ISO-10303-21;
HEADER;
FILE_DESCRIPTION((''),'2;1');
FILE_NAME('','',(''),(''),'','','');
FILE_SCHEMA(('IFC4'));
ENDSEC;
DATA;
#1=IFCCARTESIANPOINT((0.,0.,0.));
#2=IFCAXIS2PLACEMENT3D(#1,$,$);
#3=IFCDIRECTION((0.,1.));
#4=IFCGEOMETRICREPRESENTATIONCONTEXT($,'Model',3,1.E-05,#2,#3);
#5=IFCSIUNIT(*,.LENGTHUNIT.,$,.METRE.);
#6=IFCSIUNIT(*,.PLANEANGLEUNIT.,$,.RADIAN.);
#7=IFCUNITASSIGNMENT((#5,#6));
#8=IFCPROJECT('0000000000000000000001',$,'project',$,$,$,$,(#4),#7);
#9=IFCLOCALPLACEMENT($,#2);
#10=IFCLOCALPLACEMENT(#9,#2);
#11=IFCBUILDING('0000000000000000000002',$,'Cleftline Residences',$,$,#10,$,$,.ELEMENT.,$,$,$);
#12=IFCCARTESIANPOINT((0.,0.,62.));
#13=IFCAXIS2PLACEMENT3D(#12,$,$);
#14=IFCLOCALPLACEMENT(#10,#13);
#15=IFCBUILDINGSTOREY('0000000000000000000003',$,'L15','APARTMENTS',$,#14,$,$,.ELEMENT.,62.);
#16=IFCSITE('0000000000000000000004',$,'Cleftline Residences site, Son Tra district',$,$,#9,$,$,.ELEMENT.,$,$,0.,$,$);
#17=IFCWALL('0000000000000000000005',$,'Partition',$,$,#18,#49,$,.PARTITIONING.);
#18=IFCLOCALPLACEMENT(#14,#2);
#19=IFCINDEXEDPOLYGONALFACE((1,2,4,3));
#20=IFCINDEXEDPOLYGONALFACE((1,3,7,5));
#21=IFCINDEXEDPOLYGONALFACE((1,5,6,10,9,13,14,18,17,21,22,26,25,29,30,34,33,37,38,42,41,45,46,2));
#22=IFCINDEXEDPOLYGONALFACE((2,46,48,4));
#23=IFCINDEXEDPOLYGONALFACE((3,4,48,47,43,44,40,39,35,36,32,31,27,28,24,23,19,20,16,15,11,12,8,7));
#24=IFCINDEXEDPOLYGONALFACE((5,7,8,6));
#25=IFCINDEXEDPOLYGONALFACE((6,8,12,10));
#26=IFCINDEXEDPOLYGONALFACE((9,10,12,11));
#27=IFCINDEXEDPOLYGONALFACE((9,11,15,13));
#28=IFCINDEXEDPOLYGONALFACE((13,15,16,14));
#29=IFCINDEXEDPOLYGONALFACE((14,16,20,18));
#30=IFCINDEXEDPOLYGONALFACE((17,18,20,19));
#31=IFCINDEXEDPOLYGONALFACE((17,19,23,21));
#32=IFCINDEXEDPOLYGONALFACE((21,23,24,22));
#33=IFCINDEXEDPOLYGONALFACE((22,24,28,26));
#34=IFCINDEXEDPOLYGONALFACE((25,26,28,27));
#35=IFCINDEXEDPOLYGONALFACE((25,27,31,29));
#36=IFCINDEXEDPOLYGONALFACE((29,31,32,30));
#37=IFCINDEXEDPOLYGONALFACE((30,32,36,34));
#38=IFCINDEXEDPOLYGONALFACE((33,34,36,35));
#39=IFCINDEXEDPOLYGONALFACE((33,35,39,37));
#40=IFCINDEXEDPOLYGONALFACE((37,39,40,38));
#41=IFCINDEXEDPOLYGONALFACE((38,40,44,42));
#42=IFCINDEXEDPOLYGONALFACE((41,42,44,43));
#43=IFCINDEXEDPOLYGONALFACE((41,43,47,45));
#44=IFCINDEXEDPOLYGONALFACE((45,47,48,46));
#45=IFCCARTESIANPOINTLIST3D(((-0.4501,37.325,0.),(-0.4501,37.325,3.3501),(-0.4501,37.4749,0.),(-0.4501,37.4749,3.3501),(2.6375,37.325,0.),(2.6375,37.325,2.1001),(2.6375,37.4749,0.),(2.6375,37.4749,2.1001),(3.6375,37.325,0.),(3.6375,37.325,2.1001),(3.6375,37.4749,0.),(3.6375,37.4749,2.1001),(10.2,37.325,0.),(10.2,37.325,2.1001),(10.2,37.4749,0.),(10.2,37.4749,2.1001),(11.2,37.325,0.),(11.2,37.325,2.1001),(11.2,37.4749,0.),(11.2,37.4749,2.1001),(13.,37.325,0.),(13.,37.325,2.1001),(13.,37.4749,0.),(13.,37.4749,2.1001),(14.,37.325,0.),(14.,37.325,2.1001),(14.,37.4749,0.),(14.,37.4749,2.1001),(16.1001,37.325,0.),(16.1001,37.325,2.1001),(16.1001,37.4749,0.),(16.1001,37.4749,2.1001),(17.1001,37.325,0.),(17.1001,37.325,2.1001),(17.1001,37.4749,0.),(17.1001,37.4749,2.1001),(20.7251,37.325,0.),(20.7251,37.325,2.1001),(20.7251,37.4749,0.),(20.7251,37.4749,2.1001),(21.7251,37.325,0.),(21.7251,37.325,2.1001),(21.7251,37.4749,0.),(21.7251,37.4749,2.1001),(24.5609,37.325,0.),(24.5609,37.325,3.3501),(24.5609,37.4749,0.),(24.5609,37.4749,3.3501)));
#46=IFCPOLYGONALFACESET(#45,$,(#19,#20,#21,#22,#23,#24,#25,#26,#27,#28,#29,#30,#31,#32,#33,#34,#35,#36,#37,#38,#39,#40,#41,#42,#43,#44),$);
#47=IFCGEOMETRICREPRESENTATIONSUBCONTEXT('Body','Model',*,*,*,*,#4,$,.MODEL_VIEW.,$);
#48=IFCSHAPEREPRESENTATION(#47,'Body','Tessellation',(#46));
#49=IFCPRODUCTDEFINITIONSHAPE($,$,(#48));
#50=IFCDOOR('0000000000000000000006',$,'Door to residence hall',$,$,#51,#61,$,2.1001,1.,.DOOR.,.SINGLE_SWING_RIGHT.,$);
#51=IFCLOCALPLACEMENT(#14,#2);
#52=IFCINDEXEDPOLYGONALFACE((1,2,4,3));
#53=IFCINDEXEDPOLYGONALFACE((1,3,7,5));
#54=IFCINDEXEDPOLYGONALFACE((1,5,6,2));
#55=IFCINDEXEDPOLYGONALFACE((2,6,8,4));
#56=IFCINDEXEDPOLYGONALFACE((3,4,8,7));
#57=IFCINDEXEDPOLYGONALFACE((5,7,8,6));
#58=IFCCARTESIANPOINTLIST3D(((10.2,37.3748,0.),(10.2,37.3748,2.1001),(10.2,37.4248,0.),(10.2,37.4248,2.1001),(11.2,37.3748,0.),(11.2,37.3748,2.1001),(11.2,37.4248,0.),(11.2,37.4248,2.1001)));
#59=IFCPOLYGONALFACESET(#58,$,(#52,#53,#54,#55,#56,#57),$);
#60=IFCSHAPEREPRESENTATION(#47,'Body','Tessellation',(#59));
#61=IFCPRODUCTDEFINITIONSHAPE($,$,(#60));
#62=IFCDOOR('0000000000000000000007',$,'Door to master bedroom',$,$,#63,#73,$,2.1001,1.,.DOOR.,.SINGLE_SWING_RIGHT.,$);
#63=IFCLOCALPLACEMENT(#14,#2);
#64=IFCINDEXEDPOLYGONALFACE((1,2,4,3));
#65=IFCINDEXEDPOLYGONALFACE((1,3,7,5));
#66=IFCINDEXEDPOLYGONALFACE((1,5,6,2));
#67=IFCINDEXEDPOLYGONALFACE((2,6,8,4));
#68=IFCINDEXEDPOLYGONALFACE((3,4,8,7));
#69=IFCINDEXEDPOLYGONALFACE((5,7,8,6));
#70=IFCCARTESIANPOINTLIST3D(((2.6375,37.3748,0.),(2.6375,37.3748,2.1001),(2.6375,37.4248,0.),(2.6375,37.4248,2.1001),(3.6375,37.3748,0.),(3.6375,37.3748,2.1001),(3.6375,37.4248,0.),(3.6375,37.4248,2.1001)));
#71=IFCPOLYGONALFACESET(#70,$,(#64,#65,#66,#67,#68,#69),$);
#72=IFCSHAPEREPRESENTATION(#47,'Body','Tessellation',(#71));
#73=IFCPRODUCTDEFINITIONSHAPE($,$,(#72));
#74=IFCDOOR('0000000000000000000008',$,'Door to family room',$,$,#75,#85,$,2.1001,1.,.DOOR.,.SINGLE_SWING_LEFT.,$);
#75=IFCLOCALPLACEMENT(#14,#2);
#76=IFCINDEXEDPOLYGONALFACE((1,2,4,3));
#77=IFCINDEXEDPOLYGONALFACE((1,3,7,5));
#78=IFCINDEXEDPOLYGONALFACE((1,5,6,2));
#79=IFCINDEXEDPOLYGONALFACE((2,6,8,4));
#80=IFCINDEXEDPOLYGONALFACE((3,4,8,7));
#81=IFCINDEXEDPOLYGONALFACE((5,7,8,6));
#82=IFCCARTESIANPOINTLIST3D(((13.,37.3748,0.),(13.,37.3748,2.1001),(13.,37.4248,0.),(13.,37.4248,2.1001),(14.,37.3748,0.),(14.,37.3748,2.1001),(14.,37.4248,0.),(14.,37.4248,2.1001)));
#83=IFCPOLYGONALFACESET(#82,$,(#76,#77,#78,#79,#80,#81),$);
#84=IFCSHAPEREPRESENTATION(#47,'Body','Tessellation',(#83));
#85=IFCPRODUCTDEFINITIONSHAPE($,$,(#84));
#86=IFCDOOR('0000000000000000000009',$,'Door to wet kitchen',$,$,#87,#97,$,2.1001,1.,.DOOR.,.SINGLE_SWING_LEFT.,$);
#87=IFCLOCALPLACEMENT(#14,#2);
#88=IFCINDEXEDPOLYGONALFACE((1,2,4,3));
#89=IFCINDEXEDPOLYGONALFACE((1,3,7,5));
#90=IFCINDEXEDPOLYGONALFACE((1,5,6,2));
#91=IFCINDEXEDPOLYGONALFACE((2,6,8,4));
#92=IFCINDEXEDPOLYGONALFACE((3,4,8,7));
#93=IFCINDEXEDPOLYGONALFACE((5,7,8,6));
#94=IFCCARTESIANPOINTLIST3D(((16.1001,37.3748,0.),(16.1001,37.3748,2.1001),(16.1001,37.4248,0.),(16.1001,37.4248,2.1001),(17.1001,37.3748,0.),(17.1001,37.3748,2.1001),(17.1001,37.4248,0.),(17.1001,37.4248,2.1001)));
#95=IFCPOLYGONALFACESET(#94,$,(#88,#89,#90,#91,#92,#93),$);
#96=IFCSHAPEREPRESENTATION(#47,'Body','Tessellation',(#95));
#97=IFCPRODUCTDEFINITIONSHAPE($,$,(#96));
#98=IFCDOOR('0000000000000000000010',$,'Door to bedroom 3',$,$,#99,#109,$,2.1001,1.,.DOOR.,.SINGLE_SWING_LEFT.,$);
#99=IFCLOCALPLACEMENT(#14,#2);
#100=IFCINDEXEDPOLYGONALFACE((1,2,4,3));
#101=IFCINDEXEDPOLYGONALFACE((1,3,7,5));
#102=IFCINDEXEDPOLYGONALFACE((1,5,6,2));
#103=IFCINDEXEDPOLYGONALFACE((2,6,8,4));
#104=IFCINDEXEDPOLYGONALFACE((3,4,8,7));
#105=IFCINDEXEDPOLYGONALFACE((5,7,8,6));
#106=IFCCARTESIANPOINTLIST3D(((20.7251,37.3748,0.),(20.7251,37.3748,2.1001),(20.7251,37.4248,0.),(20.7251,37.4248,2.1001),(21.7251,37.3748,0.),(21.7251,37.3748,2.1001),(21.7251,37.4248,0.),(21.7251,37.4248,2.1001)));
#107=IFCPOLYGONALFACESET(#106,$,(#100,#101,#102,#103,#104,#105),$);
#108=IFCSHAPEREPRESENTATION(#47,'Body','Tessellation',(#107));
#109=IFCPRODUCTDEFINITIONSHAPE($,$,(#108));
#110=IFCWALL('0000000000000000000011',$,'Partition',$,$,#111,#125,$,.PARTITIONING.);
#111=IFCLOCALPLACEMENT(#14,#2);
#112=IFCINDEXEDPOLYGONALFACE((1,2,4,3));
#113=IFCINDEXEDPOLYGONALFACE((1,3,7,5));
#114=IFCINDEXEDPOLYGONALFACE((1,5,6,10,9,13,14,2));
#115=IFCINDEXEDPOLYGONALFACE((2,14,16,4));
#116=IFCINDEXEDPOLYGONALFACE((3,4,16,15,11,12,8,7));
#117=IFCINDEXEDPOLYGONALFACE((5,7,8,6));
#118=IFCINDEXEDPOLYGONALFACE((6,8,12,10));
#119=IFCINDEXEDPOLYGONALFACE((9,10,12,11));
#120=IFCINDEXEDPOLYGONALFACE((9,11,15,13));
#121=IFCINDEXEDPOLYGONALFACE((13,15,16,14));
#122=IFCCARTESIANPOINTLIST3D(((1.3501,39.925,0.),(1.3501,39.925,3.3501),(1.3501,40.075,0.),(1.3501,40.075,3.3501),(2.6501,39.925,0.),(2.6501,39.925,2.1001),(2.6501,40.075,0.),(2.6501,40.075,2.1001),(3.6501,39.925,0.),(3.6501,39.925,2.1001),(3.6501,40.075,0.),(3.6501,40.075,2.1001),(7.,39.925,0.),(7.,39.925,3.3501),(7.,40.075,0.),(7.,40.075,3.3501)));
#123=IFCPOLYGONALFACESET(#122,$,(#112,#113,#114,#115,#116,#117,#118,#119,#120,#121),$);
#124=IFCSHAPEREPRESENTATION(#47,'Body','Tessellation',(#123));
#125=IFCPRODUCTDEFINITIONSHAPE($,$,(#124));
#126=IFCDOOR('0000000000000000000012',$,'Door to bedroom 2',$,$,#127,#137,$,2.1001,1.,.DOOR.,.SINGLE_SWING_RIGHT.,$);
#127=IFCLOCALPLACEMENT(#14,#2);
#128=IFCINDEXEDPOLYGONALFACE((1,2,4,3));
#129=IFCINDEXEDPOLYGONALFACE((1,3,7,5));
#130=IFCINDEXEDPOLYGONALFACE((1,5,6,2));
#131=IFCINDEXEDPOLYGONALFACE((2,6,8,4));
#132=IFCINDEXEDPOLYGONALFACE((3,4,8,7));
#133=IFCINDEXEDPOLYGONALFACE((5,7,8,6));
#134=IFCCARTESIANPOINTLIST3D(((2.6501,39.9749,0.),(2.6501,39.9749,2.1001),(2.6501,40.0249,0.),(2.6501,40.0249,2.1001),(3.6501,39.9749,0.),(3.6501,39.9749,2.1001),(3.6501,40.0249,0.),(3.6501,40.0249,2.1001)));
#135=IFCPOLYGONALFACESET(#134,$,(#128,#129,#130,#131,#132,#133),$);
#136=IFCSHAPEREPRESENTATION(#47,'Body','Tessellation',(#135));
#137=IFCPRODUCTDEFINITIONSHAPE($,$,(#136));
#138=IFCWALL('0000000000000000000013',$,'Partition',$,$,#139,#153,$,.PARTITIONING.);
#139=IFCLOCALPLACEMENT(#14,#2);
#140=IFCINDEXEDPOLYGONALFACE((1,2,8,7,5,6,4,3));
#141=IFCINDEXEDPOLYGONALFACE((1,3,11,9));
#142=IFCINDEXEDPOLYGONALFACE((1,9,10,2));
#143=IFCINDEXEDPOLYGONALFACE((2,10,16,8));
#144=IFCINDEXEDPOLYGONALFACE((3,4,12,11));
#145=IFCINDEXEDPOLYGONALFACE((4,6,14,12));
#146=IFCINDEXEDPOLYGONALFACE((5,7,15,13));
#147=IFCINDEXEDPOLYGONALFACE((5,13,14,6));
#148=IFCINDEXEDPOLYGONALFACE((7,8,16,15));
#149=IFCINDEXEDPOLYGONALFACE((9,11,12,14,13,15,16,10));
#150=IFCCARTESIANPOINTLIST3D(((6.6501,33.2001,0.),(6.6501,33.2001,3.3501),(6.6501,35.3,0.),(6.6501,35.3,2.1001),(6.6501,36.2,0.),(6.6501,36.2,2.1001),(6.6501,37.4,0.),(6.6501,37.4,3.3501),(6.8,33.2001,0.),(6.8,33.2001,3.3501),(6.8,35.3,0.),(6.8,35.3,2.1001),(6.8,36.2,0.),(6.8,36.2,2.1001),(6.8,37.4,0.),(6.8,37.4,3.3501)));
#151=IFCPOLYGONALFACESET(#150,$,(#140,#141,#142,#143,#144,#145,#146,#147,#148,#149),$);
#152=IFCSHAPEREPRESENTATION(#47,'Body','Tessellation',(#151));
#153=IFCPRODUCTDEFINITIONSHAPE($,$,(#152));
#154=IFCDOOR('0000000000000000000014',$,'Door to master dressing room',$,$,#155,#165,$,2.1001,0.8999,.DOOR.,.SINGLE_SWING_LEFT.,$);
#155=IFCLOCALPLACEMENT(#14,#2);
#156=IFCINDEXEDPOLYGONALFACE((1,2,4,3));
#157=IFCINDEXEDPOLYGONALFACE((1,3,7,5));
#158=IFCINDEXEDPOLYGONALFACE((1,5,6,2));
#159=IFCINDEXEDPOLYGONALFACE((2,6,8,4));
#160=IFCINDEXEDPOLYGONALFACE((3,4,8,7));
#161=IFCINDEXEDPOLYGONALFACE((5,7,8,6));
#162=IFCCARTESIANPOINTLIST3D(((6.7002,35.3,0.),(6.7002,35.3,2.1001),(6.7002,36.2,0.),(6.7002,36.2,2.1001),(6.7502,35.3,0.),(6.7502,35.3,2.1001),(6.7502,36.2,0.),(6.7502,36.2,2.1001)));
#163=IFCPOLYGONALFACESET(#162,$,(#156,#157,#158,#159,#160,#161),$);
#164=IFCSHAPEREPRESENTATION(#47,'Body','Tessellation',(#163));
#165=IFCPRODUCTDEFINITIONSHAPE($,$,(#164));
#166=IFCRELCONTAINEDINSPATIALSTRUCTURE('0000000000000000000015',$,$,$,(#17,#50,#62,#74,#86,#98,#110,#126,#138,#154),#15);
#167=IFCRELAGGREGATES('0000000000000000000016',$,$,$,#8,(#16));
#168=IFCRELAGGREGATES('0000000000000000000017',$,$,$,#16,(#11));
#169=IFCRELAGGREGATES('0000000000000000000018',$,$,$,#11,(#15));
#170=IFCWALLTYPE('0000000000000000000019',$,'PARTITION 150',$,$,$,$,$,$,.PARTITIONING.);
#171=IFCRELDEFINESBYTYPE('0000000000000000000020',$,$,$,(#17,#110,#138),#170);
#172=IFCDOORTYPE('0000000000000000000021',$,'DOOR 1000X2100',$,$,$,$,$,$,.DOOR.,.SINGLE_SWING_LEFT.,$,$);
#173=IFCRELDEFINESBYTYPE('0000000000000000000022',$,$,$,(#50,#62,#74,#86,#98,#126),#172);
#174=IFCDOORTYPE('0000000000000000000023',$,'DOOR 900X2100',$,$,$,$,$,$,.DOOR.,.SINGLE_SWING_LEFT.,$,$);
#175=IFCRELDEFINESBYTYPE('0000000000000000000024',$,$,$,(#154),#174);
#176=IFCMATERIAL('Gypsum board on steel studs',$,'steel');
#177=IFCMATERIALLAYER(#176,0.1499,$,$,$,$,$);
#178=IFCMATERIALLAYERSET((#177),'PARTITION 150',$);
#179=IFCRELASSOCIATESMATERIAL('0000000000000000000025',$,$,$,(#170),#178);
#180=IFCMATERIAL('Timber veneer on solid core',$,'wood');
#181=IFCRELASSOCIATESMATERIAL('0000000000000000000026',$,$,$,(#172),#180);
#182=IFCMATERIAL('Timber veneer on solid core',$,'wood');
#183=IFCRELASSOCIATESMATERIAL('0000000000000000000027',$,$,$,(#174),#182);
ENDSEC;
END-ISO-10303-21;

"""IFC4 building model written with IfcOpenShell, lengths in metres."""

from ifc_helpers import new_model, si_unit, direction, frame, frame_2d, origin, place, context, subcontext, project, spatial, rectangle, extrude, material, layer, layer_set, type_object, element, fill, save


model = new_model("IFC4")

# Units and contexts
model_context = context("Model", 3, precision=1e-05, world=origin(), true_north=direction((0.0, 1.0)))
body_context = subcontext(model_context, "Body", "Model", "MODEL_VIEW")
ifc_project = project(units=[si_unit("LENGTHUNIT", "METRE"), si_unit("PLANEANGLEUNIT", "RADIAN")], contexts=[model_context])

# Site, building, storey
site_placement = place(None, origin())
site = spatial("IfcSite", under=ifc_project, at=site_placement, Name="Cleftline Residences site, Son Tra district", CompositionType="ELEMENT", RefElevation=0.0)
building_placement = place(site_placement, origin())
building = spatial("IfcBuilding", under=site, at=building_placement, Name="Cleftline Residences", CompositionType="ELEMENT")
storey_placement = place(building_placement, frame((0.0, 0.0, 62.0)))
storey = spatial("IfcBuildingStorey", under=building, at=storey_placement, Name="L15", Description="APARTMENTS", CompositionType="ELEMENT", Elevation=62.0)

# Shared definitions
ifc_material_1 = material(Name="Gypsum board on steel studs", Category="steel")
ifc_layer = layer(ifc_material_1, 0.1499)
ifc_layer_set = layer_set([ifc_layer], Name="PARTITION 150")
wall_type = type_object("IfcWallType", Name="PARTITION 150", PredefinedType="PARTITIONING", material=ifc_layer_set)

# Wall, openings, doors
wall_1_placement = place(storey_placement, frame((-0.45, 37.3999, 0.0), z_axis=(0.0, 0.0, 1.0), x_axis=(1.0, 0.0, 0.0)))
wall_1 = element("IfcWall", 1, at=wall_1_placement, inside=storey, type_object=wall_type, Name="Partition", PredefinedType="PARTITIONING", context=body_context, shape_type="SweptSolid", body=[
    extrude(rectangle(XDim=25.011, YDim=0.1499, at=frame_2d((12.5054, 0.0))), origin(), (0.0, 0.0, 1.0), 3.3501),
])
opening_1_placement = place(wall_1_placement, frame((10.6499, 0.0, 0.0)))
opening_1 = element("IfcOpeningElement", 2, at=opening_1_placement, cuts=wall_1, PredefinedType="OPENING", context=body_context, shape_type="SweptSolid", body=[
    extrude(rectangle(XDim=1.0, YDim=2.1001, at=frame_2d((0.5, 1.05))), frame((0.0, 0.085, 0.0), z_axis=(0.0, -1.0, 0.0), x_axis=(1.0, 0.0, 0.0)), (0.0, 0.0, 1.0), 0.1699),
])
opening_2_placement = place(wall_1_placement, frame((3.0874, 0.0, 0.0)))
opening_2 = element("IfcOpeningElement", 3, at=opening_2_placement, cuts=wall_1, PredefinedType="OPENING", context=body_context, shape_type="SweptSolid", body=[
    extrude(rectangle(XDim=1.0, YDim=2.1001, at=frame_2d((0.5, 1.05))), frame((0.0, 0.085, 0.0), z_axis=(0.0, -1.0, 0.0), x_axis=(1.0, 0.0, 0.0)), (0.0, 0.0, 1.0), 0.1699),
])
opening_3_placement = place(wall_1_placement, frame((13.45, 0.0, 0.0)))
opening_3 = element("IfcOpeningElement", 4, at=opening_3_placement, cuts=wall_1, PredefinedType="OPENING", context=body_context, shape_type="SweptSolid", body=[
    extrude(rectangle(XDim=1.0, YDim=2.1001, at=frame_2d((0.5, 1.05))), frame((0.0, 0.085, 0.0), z_axis=(0.0, -1.0, 0.0), x_axis=(1.0, 0.0, 0.0)), (0.0, 0.0, 1.0), 0.1699),
])
opening_4_placement = place(wall_1_placement, frame((16.55, 0.0, 0.0)))
opening_4 = element("IfcOpeningElement", 5, at=opening_4_placement, cuts=wall_1, PredefinedType="OPENING", context=body_context, shape_type="SweptSolid", body=[
    extrude(rectangle(XDim=1.0, YDim=2.1001, at=frame_2d((0.5, 1.05))), frame((0.0, 0.085, 0.0), z_axis=(0.0, -1.0, 0.0), x_axis=(1.0, 0.0, 0.0)), (0.0, 0.0, 1.0), 0.1699),
])
opening_5_placement = place(wall_1_placement, frame((21.175, 0.0, 0.0)))
opening_5 = element("IfcOpeningElement", 6, at=opening_5_placement, cuts=wall_1, PredefinedType="OPENING", context=body_context, shape_type="SweptSolid", body=[
    extrude(rectangle(XDim=1.0, YDim=2.1001, at=frame_2d((0.5, 1.05))), frame((0.0, 0.085, 0.0), z_axis=(0.0, -1.0, 0.0), x_axis=(1.0, 0.0, 0.0)), (0.0, 0.0, 1.0), 0.1699),
])
ifc_material_2 = material(Name="Timber veneer on solid core", Category="wood")
door_type_1 = type_object("IfcDoorType", Name="DOOR 1000X2100", OperationType="SINGLE_SWING_LEFT", PredefinedType="DOOR", material=ifc_material_2)
door_1_placement = place(opening_1_placement, origin())
door_1 = element("IfcDoor", 7, at=door_1_placement, inside=storey, type_object=door_type_1, Name="Door to residence hall", OperationType="SINGLE_SWING_RIGHT", OverallHeight=2.1001, OverallWidth=1.0, PredefinedType="DOOR", context=body_context, shape_type="SweptSolid", body=[
    extrude(rectangle(XDim=1.0, YDim=2.1001, at=frame_2d((0.5, 1.05))), frame((0.0, 0.0249, 0.0), z_axis=(0.0, -1.0, 0.0), x_axis=(1.0, 0.0, 0.0)), (0.0, 0.0, 1.0), 0.05),
])
fill(opening_1, door_1)
door_2_placement = place(opening_2_placement, origin())
door_2 = element("IfcDoor", 8, at=door_2_placement, inside=storey, type_object=door_type_1, Name="Door to master bedroom", OperationType="SINGLE_SWING_RIGHT", OverallHeight=2.1001, OverallWidth=1.0, PredefinedType="DOOR", context=body_context, shape_type="SweptSolid", body=[
    extrude(rectangle(XDim=1.0, YDim=2.1001, at=frame_2d((0.5, 1.05))), frame((0.0, 0.0249, 0.0), z_axis=(0.0, -1.0, 0.0), x_axis=(1.0, 0.0, 0.0)), (0.0, 0.0, 1.0), 0.05),
])
fill(opening_2, door_2)
door_3_placement = place(opening_3_placement, origin())
door_3 = element("IfcDoor", 9, at=door_3_placement, inside=storey, type_object=door_type_1, Name="Door to family room", OperationType="SINGLE_SWING_LEFT", OverallHeight=2.1001, OverallWidth=1.0, PredefinedType="DOOR", context=body_context, shape_type="SweptSolid", body=[
    extrude(rectangle(XDim=1.0, YDim=2.1001, at=frame_2d((0.5, 1.05))), frame((0.0, 0.0249, 0.0), z_axis=(0.0, -1.0, 0.0), x_axis=(1.0, 0.0, 0.0)), (0.0, 0.0, 1.0), 0.05),
])
fill(opening_3, door_3)
door_4_placement = place(opening_4_placement, origin())
door_4 = element("IfcDoor", 10, at=door_4_placement, inside=storey, type_object=door_type_1, Name="Door to wet kitchen", OperationType="SINGLE_SWING_LEFT", OverallHeight=2.1001, OverallWidth=1.0, PredefinedType="DOOR", context=body_context, shape_type="SweptSolid", body=[
    extrude(rectangle(XDim=1.0, YDim=2.1001, at=frame_2d((0.5, 1.05))), frame((0.0, 0.0249, 0.0), z_axis=(0.0, -1.0, 0.0), x_axis=(1.0, 0.0, 0.0)), (0.0, 0.0, 1.0), 0.05),
])
fill(opening_4, door_4)
door_5_placement = place(opening_5_placement, origin())
door_5 = element("IfcDoor", 11, at=door_5_placement, inside=storey, type_object=door_type_1, Name="Door to bedroom 3", OperationType="SINGLE_SWING_LEFT", OverallHeight=2.1001, OverallWidth=1.0, PredefinedType="DOOR", context=body_context, shape_type="SweptSolid", body=[
    extrude(rectangle(XDim=1.0, YDim=2.1001, at=frame_2d((0.5, 1.05))), frame((0.0, 0.0249, 0.0), z_axis=(0.0, -1.0, 0.0), x_axis=(1.0, 0.0, 0.0)), (0.0, 0.0, 1.0), 0.05),
])
fill(opening_5, door_5)

# Walls, openings, doors
wall_2_placement = place(storey_placement, frame((1.3501, 40.0, 0.0), z_axis=(0.0, 0.0, 1.0), x_axis=(1.0, 0.0, 0.0)))
wall_2 = element("IfcWall", 12, at=wall_2_placement, inside=storey, type_object=wall_type, Name="Partition", PredefinedType="PARTITIONING", context=body_context, shape_type="SweptSolid", body=[
    extrude(rectangle(XDim=5.6499, YDim=0.1499, at=frame_2d((2.825, 0.0))), origin(), (0.0, 0.0, 1.0), 3.3501),
])
opening_6_placement = place(wall_2_placement, frame((1.3, 0.0, 0.0)))
opening_6 = element("IfcOpeningElement", 13, at=opening_6_placement, cuts=wall_2, PredefinedType="OPENING", context=body_context, shape_type="SweptSolid", body=[
    extrude(rectangle(XDim=1.0, YDim=2.1001, at=frame_2d((0.5, 1.05))), frame((0.0, 0.085, 0.0), z_axis=(0.0, -1.0, 0.0), x_axis=(1.0, 0.0, 0.0)), (0.0, 0.0, 1.0), 0.1699),
])
door_6_placement = place(opening_6_placement, origin())
door_6 = element("IfcDoor", 14, at=door_6_placement, inside=storey, type_object=door_type_1, Name="Door to bedroom 2", OperationType="SINGLE_SWING_RIGHT", OverallHeight=2.1001, OverallWidth=1.0, PredefinedType="DOOR", context=body_context, shape_type="SweptSolid", body=[
    extrude(rectangle(XDim=1.0, YDim=2.1001, at=frame_2d((0.5, 1.05))), frame((0.0, 0.0249, 0.0), z_axis=(0.0, -1.0, 0.0), x_axis=(1.0, 0.0, 0.0)), (0.0, 0.0, 1.0), 0.05),
])
fill(opening_6, door_6)
wall_3_placement = place(storey_placement, frame((6.7251, 33.2, 0.0), z_axis=(0.0, 0.0, 1.0), x_axis=(0.0, 1.0, 0.0)))
wall_3 = element("IfcWall", 15, at=wall_3_placement, inside=storey, type_object=wall_type, Name="Partition", PredefinedType="PARTITIONING", context=body_context, shape_type="SweptSolid", body=[
    extrude(rectangle(XDim=4.2, YDim=0.1499, at=frame_2d((2.1001, 0.0))), origin(), (0.0, 0.0, 1.0), 3.3501),
])
opening_7_placement = place(wall_3_placement, frame((2.1001, 0.0, 0.0)))
opening_7 = element("IfcOpeningElement", 16, at=opening_7_placement, cuts=wall_3, PredefinedType="OPENING", context=body_context, shape_type="SweptSolid", body=[
    extrude(rectangle(XDim=0.8999, YDim=2.1001, at=frame_2d((0.45, 1.05))), frame((0.0, 0.085, 0.0), z_axis=(0.0, -1.0, 0.0), x_axis=(1.0, 0.0, 0.0)), (0.0, 0.0, 1.0), 0.1699),
])
ifc_material_3 = material(Name="Timber veneer on solid core", Category="wood")
door_type_2 = type_object("IfcDoorType", Name="DOOR 900X2100", OperationType="SINGLE_SWING_LEFT", PredefinedType="DOOR", material=ifc_material_3)
door_7_placement = place(opening_7_placement, origin())
door_7 = element("IfcDoor", 17, at=door_7_placement, inside=storey, type_object=door_type_2, Name="Door to master dressing room", OperationType="SINGLE_SWING_LEFT", OverallHeight=2.1001, OverallWidth=0.8999, PredefinedType="DOOR", context=body_context, shape_type="SweptSolid", body=[
    extrude(rectangle(XDim=0.8999, YDim=2.1001, at=frame_2d((0.45, 1.05))), frame((0.0, 0.0249, 0.0), z_axis=(0.0, -1.0, 0.0), x_axis=(1.0, 0.0, 0.0)), (0.0, 0.0, 1.0), 0.05),
])
fill(opening_7, door_7)

save(model, "model.ifc")
